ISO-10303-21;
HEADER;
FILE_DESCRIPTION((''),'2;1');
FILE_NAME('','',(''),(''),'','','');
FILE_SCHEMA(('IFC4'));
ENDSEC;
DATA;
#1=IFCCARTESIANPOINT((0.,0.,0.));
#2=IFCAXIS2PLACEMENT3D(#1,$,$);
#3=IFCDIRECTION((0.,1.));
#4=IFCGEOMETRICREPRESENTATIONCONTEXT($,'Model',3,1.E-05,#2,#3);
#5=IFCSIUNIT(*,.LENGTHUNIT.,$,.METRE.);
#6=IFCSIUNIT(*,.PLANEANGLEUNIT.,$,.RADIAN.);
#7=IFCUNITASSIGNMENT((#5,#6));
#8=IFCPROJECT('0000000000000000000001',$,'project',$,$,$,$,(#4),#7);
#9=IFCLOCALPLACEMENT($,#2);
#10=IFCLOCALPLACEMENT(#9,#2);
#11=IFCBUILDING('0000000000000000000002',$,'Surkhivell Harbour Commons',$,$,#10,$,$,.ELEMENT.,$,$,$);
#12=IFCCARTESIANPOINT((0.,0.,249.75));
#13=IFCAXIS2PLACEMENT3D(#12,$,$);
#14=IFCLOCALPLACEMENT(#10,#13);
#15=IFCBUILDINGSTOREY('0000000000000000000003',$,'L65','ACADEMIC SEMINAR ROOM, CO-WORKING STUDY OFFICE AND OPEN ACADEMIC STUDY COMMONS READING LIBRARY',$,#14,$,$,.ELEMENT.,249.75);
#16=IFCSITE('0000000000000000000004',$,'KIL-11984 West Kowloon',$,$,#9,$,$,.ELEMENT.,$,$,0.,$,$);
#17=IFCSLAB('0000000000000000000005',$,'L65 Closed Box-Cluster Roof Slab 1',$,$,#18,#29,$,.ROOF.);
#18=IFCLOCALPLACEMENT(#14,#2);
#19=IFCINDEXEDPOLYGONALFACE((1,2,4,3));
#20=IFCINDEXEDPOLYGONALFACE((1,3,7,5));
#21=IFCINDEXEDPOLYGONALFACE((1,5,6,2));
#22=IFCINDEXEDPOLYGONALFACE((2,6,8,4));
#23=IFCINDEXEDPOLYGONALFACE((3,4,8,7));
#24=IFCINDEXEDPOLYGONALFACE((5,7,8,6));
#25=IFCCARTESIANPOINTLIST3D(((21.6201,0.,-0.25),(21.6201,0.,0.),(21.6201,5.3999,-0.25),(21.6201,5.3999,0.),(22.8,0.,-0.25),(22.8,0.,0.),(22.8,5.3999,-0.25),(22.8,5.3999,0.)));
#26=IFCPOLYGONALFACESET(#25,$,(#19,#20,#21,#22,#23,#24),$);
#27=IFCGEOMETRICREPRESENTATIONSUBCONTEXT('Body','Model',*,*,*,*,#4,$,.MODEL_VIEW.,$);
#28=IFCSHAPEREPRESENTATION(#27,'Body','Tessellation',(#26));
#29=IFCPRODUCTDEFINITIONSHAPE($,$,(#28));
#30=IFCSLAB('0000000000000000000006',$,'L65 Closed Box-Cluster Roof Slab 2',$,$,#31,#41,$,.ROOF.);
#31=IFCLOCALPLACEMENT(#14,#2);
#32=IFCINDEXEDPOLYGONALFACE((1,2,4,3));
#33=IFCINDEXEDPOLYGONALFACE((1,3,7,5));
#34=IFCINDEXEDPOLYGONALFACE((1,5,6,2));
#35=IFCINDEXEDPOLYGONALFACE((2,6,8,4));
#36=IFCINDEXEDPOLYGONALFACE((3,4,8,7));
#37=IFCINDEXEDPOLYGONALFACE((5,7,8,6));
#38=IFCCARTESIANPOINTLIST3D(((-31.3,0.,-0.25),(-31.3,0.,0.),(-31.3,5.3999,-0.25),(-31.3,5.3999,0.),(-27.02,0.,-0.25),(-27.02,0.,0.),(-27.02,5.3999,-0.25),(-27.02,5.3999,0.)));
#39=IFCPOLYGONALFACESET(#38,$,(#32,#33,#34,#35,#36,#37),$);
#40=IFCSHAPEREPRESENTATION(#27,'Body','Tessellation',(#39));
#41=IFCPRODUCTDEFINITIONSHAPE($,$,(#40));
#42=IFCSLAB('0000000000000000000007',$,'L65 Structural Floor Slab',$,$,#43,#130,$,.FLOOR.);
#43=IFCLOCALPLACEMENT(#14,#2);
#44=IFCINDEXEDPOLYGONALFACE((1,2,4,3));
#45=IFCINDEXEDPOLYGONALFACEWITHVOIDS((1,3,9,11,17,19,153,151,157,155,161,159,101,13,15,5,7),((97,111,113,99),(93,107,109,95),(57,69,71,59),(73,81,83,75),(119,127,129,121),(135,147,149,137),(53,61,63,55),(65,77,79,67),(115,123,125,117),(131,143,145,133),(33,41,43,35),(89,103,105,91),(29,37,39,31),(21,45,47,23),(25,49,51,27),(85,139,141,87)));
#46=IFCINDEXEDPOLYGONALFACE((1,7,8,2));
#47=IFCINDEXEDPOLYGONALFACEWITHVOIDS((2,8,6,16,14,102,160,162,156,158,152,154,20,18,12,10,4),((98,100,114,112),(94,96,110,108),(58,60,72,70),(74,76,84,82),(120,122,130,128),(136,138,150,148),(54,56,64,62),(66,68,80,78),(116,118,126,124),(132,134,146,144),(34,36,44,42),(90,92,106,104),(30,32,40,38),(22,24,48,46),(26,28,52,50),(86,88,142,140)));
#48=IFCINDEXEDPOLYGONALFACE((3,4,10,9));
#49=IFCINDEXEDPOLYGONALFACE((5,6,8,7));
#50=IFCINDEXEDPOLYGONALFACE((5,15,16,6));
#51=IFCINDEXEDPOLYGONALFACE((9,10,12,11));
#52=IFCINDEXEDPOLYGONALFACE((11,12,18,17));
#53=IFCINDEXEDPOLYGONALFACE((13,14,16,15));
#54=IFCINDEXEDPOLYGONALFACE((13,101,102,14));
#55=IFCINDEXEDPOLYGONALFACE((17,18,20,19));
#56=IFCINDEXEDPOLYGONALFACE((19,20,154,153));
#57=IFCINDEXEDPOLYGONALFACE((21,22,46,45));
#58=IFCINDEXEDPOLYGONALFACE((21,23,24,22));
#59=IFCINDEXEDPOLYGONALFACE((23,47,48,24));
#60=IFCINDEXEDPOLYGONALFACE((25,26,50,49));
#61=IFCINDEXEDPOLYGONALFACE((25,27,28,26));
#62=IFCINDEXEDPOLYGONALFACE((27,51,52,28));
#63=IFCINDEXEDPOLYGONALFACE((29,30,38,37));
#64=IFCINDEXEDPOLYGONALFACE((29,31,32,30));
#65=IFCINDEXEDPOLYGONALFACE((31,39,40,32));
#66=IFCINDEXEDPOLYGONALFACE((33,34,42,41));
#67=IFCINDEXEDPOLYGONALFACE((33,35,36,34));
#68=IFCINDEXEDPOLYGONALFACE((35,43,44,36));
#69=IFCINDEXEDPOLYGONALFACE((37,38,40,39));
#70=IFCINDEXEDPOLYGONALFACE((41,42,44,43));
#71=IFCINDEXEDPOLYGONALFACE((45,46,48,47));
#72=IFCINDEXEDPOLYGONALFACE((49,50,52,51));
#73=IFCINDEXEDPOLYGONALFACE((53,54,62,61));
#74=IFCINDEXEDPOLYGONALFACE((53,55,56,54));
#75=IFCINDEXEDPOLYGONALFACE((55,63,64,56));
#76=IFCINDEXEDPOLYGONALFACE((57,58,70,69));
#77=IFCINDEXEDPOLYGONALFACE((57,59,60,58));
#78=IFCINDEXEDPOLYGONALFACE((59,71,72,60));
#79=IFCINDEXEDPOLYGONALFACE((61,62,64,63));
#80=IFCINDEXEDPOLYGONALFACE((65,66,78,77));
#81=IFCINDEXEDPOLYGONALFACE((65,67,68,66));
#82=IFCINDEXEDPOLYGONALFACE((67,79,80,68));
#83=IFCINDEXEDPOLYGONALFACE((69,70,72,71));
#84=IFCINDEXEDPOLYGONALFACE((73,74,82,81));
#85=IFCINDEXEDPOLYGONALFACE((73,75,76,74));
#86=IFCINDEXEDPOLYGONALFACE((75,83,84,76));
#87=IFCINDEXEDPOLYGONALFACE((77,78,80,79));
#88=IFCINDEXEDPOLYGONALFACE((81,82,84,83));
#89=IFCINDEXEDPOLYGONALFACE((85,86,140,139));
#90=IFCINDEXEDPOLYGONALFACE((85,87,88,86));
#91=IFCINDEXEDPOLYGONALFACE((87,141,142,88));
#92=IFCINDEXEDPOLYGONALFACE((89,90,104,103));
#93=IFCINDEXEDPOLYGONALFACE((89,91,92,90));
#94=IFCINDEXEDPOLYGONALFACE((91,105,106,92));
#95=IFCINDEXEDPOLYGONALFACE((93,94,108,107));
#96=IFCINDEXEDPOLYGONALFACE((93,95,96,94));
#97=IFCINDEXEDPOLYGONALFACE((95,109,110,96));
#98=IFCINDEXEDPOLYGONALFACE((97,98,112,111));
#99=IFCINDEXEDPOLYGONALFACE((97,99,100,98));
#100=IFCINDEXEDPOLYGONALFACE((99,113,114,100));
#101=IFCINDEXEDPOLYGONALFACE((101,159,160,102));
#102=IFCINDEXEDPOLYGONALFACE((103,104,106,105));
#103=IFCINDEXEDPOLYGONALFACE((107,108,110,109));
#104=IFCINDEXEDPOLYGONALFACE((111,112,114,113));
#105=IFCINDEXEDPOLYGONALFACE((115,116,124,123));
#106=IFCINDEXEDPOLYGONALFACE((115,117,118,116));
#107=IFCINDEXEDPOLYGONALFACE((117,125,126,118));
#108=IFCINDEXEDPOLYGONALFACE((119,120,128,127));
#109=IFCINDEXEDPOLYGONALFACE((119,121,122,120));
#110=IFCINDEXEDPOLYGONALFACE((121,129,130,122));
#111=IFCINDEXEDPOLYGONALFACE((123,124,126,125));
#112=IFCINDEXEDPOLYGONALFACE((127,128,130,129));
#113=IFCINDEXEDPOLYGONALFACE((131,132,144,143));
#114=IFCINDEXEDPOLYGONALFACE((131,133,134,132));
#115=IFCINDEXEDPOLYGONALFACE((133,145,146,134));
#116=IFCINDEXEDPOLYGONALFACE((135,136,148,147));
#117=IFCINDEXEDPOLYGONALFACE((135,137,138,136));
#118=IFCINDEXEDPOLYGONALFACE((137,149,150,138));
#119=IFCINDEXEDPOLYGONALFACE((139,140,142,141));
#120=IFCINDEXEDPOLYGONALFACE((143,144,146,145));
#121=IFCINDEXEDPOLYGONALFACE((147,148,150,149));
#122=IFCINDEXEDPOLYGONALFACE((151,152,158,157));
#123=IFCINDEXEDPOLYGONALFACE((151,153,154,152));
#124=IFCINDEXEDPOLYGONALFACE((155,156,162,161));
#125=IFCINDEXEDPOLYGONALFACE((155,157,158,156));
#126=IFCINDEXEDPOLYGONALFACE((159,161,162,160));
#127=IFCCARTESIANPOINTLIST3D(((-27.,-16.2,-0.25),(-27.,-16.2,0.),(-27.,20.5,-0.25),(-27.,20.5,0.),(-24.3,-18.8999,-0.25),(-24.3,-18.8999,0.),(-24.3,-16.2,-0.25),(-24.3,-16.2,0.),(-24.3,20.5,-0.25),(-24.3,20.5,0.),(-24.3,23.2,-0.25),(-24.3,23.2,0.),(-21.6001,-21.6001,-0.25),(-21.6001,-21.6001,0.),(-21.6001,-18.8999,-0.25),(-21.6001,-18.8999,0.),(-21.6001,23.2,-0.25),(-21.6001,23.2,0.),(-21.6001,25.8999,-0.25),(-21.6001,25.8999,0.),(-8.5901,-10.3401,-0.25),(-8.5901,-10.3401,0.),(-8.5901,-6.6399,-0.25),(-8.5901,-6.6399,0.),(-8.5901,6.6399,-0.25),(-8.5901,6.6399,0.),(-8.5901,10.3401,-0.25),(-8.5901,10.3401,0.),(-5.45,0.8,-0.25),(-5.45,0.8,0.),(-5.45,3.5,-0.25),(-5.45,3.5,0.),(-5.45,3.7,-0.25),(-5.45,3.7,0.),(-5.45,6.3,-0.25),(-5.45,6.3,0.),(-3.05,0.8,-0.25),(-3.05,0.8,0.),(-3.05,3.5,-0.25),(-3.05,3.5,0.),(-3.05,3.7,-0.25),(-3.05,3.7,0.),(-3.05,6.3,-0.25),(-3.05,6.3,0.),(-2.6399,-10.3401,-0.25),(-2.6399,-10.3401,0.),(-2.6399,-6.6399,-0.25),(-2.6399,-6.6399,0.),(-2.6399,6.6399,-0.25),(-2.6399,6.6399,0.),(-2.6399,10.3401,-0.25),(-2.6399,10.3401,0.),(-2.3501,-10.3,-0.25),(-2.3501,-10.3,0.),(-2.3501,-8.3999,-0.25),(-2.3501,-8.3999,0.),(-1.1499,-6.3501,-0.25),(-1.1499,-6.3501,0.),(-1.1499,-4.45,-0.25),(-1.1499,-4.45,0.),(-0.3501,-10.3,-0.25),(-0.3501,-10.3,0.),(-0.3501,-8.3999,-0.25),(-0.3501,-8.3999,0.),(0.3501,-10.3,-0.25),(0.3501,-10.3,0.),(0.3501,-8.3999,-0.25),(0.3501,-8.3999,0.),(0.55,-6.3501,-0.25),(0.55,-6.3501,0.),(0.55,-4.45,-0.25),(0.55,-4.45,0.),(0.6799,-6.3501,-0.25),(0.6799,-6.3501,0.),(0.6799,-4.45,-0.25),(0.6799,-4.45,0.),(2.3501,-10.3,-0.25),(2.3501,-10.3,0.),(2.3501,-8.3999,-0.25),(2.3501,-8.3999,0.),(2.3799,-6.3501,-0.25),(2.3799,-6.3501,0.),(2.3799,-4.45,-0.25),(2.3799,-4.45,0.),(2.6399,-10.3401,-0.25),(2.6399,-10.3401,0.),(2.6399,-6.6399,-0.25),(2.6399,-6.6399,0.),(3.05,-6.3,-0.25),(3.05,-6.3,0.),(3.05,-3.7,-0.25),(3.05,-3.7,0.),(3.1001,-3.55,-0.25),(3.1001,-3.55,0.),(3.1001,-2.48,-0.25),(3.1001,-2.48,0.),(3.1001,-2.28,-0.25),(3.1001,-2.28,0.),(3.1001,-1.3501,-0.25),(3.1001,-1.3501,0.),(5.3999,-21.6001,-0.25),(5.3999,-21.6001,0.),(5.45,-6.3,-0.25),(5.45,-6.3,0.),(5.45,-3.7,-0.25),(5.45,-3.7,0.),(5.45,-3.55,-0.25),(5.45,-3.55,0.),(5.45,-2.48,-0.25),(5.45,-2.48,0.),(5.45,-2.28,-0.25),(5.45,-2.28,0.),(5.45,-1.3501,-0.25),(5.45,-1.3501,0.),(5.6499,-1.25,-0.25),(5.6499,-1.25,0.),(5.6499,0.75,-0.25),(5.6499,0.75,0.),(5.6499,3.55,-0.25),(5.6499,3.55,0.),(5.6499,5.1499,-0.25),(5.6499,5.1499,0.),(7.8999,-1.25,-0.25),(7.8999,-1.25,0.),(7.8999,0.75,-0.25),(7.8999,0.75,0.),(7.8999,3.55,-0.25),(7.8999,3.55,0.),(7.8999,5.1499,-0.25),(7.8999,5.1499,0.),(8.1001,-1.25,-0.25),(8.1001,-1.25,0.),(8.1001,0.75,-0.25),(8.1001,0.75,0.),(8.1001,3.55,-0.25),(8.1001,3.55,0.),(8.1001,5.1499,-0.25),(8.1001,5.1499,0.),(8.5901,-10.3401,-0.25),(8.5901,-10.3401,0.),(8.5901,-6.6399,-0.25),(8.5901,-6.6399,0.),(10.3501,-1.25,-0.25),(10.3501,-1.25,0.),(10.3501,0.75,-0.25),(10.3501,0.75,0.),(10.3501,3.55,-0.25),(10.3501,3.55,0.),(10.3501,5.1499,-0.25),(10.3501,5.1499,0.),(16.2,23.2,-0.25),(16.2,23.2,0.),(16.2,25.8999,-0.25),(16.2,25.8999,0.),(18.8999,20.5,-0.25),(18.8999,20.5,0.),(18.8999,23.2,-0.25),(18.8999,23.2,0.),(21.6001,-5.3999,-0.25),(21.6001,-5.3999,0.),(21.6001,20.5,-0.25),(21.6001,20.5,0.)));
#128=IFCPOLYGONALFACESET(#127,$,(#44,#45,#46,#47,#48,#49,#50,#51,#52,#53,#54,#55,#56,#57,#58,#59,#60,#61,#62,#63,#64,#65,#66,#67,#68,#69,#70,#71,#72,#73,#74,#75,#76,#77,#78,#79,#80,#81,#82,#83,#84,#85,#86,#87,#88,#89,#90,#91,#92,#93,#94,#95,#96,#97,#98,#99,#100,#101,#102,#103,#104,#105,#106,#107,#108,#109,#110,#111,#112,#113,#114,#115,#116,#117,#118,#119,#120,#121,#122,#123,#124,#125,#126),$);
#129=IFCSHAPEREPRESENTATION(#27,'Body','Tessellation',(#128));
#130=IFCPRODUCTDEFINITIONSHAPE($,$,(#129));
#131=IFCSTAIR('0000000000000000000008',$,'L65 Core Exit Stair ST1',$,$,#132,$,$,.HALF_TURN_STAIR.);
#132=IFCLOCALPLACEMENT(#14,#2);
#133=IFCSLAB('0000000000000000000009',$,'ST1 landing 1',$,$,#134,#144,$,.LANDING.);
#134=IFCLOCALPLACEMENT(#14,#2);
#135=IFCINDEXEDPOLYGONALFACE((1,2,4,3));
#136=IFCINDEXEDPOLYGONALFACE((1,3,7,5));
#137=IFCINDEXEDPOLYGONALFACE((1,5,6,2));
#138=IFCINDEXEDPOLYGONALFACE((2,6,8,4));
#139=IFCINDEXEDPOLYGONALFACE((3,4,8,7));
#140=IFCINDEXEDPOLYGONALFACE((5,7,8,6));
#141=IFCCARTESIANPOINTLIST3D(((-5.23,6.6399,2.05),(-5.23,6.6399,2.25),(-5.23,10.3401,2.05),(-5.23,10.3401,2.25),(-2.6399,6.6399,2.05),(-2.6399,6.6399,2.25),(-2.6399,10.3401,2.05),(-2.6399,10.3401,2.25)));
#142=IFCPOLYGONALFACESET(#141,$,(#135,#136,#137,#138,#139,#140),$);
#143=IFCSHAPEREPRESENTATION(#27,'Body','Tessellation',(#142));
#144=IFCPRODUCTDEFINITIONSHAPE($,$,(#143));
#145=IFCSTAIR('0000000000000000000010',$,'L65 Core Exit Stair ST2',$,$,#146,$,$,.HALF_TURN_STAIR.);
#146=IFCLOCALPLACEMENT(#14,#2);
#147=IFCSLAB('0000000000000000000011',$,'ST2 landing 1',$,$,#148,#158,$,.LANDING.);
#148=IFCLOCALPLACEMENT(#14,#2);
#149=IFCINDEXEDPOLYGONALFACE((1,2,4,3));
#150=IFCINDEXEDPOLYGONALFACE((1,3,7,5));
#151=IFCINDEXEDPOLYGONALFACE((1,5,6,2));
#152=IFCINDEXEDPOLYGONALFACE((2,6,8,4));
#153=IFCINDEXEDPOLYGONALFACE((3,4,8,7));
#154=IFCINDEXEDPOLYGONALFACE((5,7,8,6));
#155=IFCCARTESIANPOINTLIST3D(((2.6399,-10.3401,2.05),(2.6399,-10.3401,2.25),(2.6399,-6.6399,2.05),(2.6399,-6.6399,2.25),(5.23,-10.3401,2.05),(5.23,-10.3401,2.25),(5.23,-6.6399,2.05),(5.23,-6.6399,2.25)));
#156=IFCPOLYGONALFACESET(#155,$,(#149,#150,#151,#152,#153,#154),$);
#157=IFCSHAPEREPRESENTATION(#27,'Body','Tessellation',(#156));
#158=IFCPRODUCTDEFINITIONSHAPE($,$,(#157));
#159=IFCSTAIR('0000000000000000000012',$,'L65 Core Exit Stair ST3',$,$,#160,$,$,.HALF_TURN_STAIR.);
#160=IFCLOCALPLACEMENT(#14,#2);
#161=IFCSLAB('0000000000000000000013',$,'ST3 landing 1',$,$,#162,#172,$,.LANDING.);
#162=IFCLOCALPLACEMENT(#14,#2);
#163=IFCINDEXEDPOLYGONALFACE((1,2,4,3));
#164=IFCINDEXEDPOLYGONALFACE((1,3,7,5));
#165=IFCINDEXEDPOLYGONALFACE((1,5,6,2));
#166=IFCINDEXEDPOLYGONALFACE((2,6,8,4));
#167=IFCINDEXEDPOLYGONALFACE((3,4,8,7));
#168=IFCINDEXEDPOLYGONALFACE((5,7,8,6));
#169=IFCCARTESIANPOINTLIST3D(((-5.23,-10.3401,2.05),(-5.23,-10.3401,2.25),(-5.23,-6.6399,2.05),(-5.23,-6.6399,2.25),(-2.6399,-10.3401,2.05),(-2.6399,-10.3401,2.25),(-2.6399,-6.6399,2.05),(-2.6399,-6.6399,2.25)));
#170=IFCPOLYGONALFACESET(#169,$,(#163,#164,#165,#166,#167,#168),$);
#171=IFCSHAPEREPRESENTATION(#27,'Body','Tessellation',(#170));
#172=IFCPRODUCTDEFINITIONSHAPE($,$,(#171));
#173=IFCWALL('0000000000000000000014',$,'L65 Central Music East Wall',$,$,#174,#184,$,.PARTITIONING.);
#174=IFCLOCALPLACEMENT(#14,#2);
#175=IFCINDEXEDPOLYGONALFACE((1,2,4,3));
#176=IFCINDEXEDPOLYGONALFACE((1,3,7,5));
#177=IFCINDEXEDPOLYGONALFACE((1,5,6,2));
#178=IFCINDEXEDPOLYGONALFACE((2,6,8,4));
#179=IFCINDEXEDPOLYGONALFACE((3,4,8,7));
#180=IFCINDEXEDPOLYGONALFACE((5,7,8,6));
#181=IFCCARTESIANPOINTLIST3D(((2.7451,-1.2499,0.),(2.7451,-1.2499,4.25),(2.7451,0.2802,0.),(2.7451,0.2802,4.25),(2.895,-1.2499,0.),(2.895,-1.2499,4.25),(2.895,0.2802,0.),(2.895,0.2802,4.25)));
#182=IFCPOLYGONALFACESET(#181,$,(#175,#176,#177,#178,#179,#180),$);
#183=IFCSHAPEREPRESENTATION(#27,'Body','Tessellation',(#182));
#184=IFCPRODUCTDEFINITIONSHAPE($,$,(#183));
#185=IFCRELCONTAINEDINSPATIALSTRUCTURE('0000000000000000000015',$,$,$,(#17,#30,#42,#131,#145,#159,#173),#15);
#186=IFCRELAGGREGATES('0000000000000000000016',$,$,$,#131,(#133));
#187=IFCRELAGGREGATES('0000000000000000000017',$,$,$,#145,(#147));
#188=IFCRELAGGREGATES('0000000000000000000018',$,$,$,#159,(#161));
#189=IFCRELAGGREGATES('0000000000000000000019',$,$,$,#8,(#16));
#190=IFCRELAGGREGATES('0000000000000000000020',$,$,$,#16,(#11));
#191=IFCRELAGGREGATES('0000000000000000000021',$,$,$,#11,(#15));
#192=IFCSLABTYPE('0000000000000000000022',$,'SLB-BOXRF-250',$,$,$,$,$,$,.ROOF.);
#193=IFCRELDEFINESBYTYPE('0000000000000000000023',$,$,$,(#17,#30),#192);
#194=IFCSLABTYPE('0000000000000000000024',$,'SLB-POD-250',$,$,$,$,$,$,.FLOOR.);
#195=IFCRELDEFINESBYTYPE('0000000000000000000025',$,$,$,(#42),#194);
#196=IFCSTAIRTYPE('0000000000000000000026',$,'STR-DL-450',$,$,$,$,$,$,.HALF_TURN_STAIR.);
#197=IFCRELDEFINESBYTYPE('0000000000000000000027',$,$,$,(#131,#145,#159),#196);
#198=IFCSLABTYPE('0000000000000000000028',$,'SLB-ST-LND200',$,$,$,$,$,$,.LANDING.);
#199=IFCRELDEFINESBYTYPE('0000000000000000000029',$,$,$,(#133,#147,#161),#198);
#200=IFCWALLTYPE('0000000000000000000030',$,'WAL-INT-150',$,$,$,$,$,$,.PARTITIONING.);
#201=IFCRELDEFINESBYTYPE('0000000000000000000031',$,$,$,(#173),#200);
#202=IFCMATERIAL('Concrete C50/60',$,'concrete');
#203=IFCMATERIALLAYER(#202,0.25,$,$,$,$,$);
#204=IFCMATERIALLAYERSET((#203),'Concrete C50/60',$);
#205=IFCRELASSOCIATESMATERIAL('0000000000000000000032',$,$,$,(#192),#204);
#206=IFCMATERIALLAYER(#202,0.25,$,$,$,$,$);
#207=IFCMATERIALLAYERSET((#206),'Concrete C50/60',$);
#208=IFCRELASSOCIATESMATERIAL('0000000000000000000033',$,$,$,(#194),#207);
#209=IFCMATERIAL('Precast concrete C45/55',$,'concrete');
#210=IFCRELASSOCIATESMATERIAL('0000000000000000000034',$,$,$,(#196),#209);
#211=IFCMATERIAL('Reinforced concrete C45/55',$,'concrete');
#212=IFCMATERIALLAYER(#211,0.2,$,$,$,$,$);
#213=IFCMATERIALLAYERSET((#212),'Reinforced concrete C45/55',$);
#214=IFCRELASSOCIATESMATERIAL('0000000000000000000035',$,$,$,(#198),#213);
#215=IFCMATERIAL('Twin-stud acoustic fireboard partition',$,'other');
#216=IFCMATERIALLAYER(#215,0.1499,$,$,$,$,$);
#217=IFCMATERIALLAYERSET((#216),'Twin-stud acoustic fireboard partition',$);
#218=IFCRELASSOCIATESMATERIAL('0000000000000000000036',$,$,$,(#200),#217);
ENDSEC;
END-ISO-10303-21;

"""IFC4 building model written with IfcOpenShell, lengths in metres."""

from ifc_helpers import new_model, si_unit, direction, frame, frame_2d, origin, place, context, subcontext, project, spatial, polyline, rectangle, outline, extrude, material, layer, layer_set, type_object, element, aggregate, save


model = new_model("IFC4")

# Units and contexts
model_context = context("Model", 3, precision=1e-05, world=origin(), true_north=direction((0.0, 1.0)))
body_context = subcontext(model_context, "Body", "Model", "MODEL_VIEW")
ifc_project = project(units=[si_unit("LENGTHUNIT", "METRE"), si_unit("PLANEANGLEUNIT", "RADIAN")], contexts=[model_context])

# Site, building, storey
site_placement = place(None, origin())
site = spatial("IfcSite", under=ifc_project, at=site_placement, Name="KIL-11984 West Kowloon", CompositionType="ELEMENT", RefElevation=0.0)
building_placement = place(site_placement, origin())
building = spatial("IfcBuilding", under=site, at=building_placement, Name="Surkhivell Harbour Commons", CompositionType="ELEMENT")
storey_placement = place(building_placement, frame((0.0, 0.0, 249.75)))
storey = spatial("IfcBuildingStorey", under=building, at=storey_placement, Name="L65", Description="ACADEMIC SEMINAR ROOM, CO-WORKING STUDY OFFICE AND OPEN ACADEMIC STUDY COMMONS READING LIBRARY", CompositionType="ELEMENT", Elevation=249.75)

# Slabs
ifc_material_1 = material(Name="Concrete C50/60", Category="concrete")
ifc_layer_1 = layer(ifc_material_1, 0.25)
ifc_layer_set_1 = layer_set([ifc_layer_1], Name="Concrete C50/60")
slab_type_1 = type_object("IfcSlabType", Name="SLB-BOXRF-250", PredefinedType="ROOF", material=ifc_layer_set_1)
slab_1_placement = place(storey_placement, frame((0.0, 0.0, -0.25)))
element("IfcSlab", 1, at=slab_1_placement, inside=storey, type_object=slab_type_1, Name="L65 Closed Box-Cluster Roof Slab 1", PredefinedType="ROOF", context=body_context, shape_type="SweptSolid", body=[
    extrude(outline(polyline([(22.8, 5.3999), (21.6201, 5.3999), (21.6201, 0.0), (22.8, 0.0), (22.8, 5.3999)])), origin(), (0.0, 0.0, 1.0), 0.25),
])
slab_2_placement = place(storey_placement, frame((0.0, 0.0, -0.25)))
element("IfcSlab", 2, at=slab_2_placement, inside=storey, type_object=slab_type_1, Name="L65 Closed Box-Cluster Roof Slab 2", PredefinedType="ROOF", context=body_context, shape_type="SweptSolid", body=[
    extrude(outline(polyline([(-31.3, 0.0), (-27.02, 0.0), (-27.02, 5.3999), (-31.3, 5.3999), (-31.3, 0.0)])), origin(), (0.0, 0.0, 1.0), 0.25),
])
ifc_layer_2 = layer(ifc_material_1, 0.25)
ifc_layer_set_2 = layer_set([ifc_layer_2], Name="Concrete C50/60")
slab_type_2 = type_object("IfcSlabType", Name="SLB-POD-250", PredefinedType="FLOOR", material=ifc_layer_set_2)
slab_3_placement = place(storey_placement, frame((0.0, 0.0, -0.25)))
element("IfcSlab", 3, at=slab_3_placement, inside=storey, type_object=slab_type_2, Name="L65 Structural Floor Slab", PredefinedType="FLOOR", context=body_context, shape_type="SweptSolid", body=[
    extrude(outline(polyline([(-21.6001, -21.6001), (5.3999, -21.6001), (21.6001, -5.3999), (21.6001, 20.5), (18.8999, 20.5), (18.8999, 23.2), (16.2, 23.2), (16.2, 25.8999), (-21.6001, 25.8999), (-21.6001, 23.2), (-24.3, 23.2), (-24.3, 20.5), (-27.0, 20.5), (-27.0, -16.2), (-24.3, -16.2), (-24.3, -18.8999), (-21.6001, -18.8999), (-21.6001, -21.6001)]), holes=[polyline([(-8.5901, 6.6399), (-2.6399, 6.6399), (-2.6399, 10.3401), (-8.5901, 10.3401), (-8.5901, 6.6399)]), polyline([(8.5901, -6.6399), (2.6399, -6.6399), (2.6399, -10.3401), (8.5901, -10.3401), (8.5901, -6.6399)]), polyline([(-8.5901, -10.3401), (-2.6399, -10.3401), (-2.6399, -6.6399), (-8.5901, -6.6399), (-8.5901, -10.3401)]), polyline([(5.6499, 3.55), (7.8999, 3.55), (7.8999, 5.1499), (5.6499, 5.1499), (5.6499, 3.55)]), polyline([(8.1001, 3.55), (10.3501, 3.55), (10.3501, 5.1499), (8.1001, 5.1499), (8.1001, 3.55)]), polyline([(5.6499, -1.25), (7.8999, -1.25), (7.8999, 0.75), (5.6499, 0.75), (5.6499, -1.25)]), polyline([(8.1001, -1.25), (10.3501, -1.25), (10.3501, 0.75), (8.1001, 0.75), (8.1001, -1.25)]), polyline([(-1.1499, -6.3501), (0.55, -6.3501), (0.55, -4.45), (-1.1499, -4.45), (-1.1499, -6.3501)]), polyline([(0.6799, -6.3501), (2.3799, -6.3501), (2.3799, -4.45), (0.6799, -4.45), (0.6799, -6.3501)]), polyline([(-2.3501, -10.3), (-0.3501, -10.3), (-0.3501, -8.3999), (-2.3501, -8.3999), (-2.3501, -10.3)]), polyline([(0.3501, -10.3), (2.3501, -10.3), (2.3501, -8.3999), (0.3501, -8.3999), (0.3501, -10.3)]), polyline([(-5.45, 3.7), (-3.05, 3.7), (-3.05, 6.3), (-5.45, 6.3), (-5.45, 3.7)]), polyline([(3.05, -6.3), (5.45, -6.3), (5.45, -3.7), (3.05, -3.7), (3.05, -6.3)]), polyline([(-5.45, 0.8), (-3.05, 0.8), (-3.05, 3.5), (-5.45, 3.5), (-5.45, 0.8)]), polyline([(3.1001, -3.55), (5.45, -3.55), (5.45, -2.48), (3.1001, -2.48), (3.1001, -3.55)]), polyline([(3.1001, -2.28), (5.45, -2.28), (5.45, -1.3501), (3.1001, -1.3501), (3.1001, -2.28)])]), origin(), (0.0, 0.0, 1.0), 0.25),
])

# Stairs, slabs
ifc_material_2 = material(Name="Precast concrete C45/55", Category="concrete")
stair_type = type_object("IfcStairType", Name="STR-DL-450", PredefinedType="HALF_TURN_STAIR", material=ifc_material_2)
stair_1_placement = place(storey_placement, origin())
stair_1 = element("IfcStair", 4, at=stair_1_placement, inside=storey, type_object=stair_type, Name="L65 Core Exit Stair ST1", PredefinedType="HALF_TURN_STAIR")
ifc_material_3 = material(Name="Reinforced concrete C45/55", Category="concrete")
ifc_layer_3 = layer(ifc_material_3, 0.2)
ifc_layer_set_3 = layer_set([ifc_layer_3], Name="Reinforced concrete C45/55")
slab_type_3 = type_object("IfcSlabType", Name="SLB-ST-LND200", PredefinedType="LANDING", material=ifc_layer_set_3)
slab_4_placement = place(storey_placement, frame((0.0, 0.0, 2.05)))
slab_4 = element("IfcSlab", 5, at=slab_4_placement, type_object=slab_type_3, Name="ST1 landing 1", PredefinedType="LANDING", context=body_context, shape_type="SweptSolid", body=[
    extrude(outline(polyline([(-5.23, 6.6399), (-2.6399, 6.6399), (-2.6399, 10.3401), (-5.23, 10.3401), (-5.23, 6.6399)])), origin(), (0.0, 0.0, 1.0), 0.2),
])
aggregate(stair_1, [slab_4])
stair_2_placement = place(storey_placement, origin())
stair_2 = element("IfcStair", 6, at=stair_2_placement, inside=storey, type_object=stair_type, Name="L65 Core Exit Stair ST2", PredefinedType="HALF_TURN_STAIR")
slab_5_placement = place(storey_placement, frame((0.0, 0.0, 2.05)))
slab_5 = element("IfcSlab", 7, at=slab_5_placement, type_object=slab_type_3, Name="ST2 landing 1", PredefinedType="LANDING", context=body_context, shape_type="SweptSolid", body=[
    extrude(outline(polyline([(5.23, -6.6399), (2.6399, -6.6399), (2.6399, -10.3401), (5.23, -10.3401), (5.23, -6.6399)])), origin(), (0.0, 0.0, 1.0), 0.2),
])
aggregate(stair_2, [slab_5])
stair_3_placement = place(storey_placement, origin())
stair_3 = element("IfcStair", 8, at=stair_3_placement, inside=storey, type_object=stair_type, Name="L65 Core Exit Stair ST3", PredefinedType="HALF_TURN_STAIR")
slab_6_placement = place(storey_placement, frame((0.0, 0.0, 2.05)))
slab_6 = element("IfcSlab", 9, at=slab_6_placement, type_object=slab_type_3, Name="ST3 landing 1", PredefinedType="LANDING", context=body_context, shape_type="SweptSolid", body=[
    extrude(outline(polyline([(-5.23, -10.3401), (-2.6399, -10.3401), (-2.6399, -6.6399), (-5.23, -6.6399), (-5.23, -10.3401)])), origin(), (0.0, 0.0, 1.0), 0.2),
])
aggregate(stair_3, [slab_6])

# Wall
ifc_material_4 = material(Name="Twin-stud acoustic fireboard partition", Category="other")
ifc_layer_4 = layer(ifc_material_4, 0.1499)
ifc_layer_set_4 = layer_set([ifc_layer_4], Name="Twin-stud acoustic fireboard partition")
wall_type_1 = type_object("IfcWallType", Name="WAL-INT-150", PredefinedType="PARTITIONING", material=ifc_layer_set_4)
wall_1_placement = place(storey_placement, frame((2.8201, -1.25, 0.0), z_axis=(0.0, 0.0, 1.0), x_axis=(0.0, 1.0, 0.0)))
element("IfcWall", 10, at=wall_1_placement, inside=storey, type_object=wall_type_1, Name="L65 Central Music East Wall", PredefinedType="PARTITIONING", context=body_context, shape_type="SweptSolid", body=[
    extrude(rectangle(XDim=1.53, YDim=0.1499, at=frame_2d((0.7651, 0.0))), origin(), (0.0, 0.0, 1.0), 4.25),
])

save(model, "model.ifc")
